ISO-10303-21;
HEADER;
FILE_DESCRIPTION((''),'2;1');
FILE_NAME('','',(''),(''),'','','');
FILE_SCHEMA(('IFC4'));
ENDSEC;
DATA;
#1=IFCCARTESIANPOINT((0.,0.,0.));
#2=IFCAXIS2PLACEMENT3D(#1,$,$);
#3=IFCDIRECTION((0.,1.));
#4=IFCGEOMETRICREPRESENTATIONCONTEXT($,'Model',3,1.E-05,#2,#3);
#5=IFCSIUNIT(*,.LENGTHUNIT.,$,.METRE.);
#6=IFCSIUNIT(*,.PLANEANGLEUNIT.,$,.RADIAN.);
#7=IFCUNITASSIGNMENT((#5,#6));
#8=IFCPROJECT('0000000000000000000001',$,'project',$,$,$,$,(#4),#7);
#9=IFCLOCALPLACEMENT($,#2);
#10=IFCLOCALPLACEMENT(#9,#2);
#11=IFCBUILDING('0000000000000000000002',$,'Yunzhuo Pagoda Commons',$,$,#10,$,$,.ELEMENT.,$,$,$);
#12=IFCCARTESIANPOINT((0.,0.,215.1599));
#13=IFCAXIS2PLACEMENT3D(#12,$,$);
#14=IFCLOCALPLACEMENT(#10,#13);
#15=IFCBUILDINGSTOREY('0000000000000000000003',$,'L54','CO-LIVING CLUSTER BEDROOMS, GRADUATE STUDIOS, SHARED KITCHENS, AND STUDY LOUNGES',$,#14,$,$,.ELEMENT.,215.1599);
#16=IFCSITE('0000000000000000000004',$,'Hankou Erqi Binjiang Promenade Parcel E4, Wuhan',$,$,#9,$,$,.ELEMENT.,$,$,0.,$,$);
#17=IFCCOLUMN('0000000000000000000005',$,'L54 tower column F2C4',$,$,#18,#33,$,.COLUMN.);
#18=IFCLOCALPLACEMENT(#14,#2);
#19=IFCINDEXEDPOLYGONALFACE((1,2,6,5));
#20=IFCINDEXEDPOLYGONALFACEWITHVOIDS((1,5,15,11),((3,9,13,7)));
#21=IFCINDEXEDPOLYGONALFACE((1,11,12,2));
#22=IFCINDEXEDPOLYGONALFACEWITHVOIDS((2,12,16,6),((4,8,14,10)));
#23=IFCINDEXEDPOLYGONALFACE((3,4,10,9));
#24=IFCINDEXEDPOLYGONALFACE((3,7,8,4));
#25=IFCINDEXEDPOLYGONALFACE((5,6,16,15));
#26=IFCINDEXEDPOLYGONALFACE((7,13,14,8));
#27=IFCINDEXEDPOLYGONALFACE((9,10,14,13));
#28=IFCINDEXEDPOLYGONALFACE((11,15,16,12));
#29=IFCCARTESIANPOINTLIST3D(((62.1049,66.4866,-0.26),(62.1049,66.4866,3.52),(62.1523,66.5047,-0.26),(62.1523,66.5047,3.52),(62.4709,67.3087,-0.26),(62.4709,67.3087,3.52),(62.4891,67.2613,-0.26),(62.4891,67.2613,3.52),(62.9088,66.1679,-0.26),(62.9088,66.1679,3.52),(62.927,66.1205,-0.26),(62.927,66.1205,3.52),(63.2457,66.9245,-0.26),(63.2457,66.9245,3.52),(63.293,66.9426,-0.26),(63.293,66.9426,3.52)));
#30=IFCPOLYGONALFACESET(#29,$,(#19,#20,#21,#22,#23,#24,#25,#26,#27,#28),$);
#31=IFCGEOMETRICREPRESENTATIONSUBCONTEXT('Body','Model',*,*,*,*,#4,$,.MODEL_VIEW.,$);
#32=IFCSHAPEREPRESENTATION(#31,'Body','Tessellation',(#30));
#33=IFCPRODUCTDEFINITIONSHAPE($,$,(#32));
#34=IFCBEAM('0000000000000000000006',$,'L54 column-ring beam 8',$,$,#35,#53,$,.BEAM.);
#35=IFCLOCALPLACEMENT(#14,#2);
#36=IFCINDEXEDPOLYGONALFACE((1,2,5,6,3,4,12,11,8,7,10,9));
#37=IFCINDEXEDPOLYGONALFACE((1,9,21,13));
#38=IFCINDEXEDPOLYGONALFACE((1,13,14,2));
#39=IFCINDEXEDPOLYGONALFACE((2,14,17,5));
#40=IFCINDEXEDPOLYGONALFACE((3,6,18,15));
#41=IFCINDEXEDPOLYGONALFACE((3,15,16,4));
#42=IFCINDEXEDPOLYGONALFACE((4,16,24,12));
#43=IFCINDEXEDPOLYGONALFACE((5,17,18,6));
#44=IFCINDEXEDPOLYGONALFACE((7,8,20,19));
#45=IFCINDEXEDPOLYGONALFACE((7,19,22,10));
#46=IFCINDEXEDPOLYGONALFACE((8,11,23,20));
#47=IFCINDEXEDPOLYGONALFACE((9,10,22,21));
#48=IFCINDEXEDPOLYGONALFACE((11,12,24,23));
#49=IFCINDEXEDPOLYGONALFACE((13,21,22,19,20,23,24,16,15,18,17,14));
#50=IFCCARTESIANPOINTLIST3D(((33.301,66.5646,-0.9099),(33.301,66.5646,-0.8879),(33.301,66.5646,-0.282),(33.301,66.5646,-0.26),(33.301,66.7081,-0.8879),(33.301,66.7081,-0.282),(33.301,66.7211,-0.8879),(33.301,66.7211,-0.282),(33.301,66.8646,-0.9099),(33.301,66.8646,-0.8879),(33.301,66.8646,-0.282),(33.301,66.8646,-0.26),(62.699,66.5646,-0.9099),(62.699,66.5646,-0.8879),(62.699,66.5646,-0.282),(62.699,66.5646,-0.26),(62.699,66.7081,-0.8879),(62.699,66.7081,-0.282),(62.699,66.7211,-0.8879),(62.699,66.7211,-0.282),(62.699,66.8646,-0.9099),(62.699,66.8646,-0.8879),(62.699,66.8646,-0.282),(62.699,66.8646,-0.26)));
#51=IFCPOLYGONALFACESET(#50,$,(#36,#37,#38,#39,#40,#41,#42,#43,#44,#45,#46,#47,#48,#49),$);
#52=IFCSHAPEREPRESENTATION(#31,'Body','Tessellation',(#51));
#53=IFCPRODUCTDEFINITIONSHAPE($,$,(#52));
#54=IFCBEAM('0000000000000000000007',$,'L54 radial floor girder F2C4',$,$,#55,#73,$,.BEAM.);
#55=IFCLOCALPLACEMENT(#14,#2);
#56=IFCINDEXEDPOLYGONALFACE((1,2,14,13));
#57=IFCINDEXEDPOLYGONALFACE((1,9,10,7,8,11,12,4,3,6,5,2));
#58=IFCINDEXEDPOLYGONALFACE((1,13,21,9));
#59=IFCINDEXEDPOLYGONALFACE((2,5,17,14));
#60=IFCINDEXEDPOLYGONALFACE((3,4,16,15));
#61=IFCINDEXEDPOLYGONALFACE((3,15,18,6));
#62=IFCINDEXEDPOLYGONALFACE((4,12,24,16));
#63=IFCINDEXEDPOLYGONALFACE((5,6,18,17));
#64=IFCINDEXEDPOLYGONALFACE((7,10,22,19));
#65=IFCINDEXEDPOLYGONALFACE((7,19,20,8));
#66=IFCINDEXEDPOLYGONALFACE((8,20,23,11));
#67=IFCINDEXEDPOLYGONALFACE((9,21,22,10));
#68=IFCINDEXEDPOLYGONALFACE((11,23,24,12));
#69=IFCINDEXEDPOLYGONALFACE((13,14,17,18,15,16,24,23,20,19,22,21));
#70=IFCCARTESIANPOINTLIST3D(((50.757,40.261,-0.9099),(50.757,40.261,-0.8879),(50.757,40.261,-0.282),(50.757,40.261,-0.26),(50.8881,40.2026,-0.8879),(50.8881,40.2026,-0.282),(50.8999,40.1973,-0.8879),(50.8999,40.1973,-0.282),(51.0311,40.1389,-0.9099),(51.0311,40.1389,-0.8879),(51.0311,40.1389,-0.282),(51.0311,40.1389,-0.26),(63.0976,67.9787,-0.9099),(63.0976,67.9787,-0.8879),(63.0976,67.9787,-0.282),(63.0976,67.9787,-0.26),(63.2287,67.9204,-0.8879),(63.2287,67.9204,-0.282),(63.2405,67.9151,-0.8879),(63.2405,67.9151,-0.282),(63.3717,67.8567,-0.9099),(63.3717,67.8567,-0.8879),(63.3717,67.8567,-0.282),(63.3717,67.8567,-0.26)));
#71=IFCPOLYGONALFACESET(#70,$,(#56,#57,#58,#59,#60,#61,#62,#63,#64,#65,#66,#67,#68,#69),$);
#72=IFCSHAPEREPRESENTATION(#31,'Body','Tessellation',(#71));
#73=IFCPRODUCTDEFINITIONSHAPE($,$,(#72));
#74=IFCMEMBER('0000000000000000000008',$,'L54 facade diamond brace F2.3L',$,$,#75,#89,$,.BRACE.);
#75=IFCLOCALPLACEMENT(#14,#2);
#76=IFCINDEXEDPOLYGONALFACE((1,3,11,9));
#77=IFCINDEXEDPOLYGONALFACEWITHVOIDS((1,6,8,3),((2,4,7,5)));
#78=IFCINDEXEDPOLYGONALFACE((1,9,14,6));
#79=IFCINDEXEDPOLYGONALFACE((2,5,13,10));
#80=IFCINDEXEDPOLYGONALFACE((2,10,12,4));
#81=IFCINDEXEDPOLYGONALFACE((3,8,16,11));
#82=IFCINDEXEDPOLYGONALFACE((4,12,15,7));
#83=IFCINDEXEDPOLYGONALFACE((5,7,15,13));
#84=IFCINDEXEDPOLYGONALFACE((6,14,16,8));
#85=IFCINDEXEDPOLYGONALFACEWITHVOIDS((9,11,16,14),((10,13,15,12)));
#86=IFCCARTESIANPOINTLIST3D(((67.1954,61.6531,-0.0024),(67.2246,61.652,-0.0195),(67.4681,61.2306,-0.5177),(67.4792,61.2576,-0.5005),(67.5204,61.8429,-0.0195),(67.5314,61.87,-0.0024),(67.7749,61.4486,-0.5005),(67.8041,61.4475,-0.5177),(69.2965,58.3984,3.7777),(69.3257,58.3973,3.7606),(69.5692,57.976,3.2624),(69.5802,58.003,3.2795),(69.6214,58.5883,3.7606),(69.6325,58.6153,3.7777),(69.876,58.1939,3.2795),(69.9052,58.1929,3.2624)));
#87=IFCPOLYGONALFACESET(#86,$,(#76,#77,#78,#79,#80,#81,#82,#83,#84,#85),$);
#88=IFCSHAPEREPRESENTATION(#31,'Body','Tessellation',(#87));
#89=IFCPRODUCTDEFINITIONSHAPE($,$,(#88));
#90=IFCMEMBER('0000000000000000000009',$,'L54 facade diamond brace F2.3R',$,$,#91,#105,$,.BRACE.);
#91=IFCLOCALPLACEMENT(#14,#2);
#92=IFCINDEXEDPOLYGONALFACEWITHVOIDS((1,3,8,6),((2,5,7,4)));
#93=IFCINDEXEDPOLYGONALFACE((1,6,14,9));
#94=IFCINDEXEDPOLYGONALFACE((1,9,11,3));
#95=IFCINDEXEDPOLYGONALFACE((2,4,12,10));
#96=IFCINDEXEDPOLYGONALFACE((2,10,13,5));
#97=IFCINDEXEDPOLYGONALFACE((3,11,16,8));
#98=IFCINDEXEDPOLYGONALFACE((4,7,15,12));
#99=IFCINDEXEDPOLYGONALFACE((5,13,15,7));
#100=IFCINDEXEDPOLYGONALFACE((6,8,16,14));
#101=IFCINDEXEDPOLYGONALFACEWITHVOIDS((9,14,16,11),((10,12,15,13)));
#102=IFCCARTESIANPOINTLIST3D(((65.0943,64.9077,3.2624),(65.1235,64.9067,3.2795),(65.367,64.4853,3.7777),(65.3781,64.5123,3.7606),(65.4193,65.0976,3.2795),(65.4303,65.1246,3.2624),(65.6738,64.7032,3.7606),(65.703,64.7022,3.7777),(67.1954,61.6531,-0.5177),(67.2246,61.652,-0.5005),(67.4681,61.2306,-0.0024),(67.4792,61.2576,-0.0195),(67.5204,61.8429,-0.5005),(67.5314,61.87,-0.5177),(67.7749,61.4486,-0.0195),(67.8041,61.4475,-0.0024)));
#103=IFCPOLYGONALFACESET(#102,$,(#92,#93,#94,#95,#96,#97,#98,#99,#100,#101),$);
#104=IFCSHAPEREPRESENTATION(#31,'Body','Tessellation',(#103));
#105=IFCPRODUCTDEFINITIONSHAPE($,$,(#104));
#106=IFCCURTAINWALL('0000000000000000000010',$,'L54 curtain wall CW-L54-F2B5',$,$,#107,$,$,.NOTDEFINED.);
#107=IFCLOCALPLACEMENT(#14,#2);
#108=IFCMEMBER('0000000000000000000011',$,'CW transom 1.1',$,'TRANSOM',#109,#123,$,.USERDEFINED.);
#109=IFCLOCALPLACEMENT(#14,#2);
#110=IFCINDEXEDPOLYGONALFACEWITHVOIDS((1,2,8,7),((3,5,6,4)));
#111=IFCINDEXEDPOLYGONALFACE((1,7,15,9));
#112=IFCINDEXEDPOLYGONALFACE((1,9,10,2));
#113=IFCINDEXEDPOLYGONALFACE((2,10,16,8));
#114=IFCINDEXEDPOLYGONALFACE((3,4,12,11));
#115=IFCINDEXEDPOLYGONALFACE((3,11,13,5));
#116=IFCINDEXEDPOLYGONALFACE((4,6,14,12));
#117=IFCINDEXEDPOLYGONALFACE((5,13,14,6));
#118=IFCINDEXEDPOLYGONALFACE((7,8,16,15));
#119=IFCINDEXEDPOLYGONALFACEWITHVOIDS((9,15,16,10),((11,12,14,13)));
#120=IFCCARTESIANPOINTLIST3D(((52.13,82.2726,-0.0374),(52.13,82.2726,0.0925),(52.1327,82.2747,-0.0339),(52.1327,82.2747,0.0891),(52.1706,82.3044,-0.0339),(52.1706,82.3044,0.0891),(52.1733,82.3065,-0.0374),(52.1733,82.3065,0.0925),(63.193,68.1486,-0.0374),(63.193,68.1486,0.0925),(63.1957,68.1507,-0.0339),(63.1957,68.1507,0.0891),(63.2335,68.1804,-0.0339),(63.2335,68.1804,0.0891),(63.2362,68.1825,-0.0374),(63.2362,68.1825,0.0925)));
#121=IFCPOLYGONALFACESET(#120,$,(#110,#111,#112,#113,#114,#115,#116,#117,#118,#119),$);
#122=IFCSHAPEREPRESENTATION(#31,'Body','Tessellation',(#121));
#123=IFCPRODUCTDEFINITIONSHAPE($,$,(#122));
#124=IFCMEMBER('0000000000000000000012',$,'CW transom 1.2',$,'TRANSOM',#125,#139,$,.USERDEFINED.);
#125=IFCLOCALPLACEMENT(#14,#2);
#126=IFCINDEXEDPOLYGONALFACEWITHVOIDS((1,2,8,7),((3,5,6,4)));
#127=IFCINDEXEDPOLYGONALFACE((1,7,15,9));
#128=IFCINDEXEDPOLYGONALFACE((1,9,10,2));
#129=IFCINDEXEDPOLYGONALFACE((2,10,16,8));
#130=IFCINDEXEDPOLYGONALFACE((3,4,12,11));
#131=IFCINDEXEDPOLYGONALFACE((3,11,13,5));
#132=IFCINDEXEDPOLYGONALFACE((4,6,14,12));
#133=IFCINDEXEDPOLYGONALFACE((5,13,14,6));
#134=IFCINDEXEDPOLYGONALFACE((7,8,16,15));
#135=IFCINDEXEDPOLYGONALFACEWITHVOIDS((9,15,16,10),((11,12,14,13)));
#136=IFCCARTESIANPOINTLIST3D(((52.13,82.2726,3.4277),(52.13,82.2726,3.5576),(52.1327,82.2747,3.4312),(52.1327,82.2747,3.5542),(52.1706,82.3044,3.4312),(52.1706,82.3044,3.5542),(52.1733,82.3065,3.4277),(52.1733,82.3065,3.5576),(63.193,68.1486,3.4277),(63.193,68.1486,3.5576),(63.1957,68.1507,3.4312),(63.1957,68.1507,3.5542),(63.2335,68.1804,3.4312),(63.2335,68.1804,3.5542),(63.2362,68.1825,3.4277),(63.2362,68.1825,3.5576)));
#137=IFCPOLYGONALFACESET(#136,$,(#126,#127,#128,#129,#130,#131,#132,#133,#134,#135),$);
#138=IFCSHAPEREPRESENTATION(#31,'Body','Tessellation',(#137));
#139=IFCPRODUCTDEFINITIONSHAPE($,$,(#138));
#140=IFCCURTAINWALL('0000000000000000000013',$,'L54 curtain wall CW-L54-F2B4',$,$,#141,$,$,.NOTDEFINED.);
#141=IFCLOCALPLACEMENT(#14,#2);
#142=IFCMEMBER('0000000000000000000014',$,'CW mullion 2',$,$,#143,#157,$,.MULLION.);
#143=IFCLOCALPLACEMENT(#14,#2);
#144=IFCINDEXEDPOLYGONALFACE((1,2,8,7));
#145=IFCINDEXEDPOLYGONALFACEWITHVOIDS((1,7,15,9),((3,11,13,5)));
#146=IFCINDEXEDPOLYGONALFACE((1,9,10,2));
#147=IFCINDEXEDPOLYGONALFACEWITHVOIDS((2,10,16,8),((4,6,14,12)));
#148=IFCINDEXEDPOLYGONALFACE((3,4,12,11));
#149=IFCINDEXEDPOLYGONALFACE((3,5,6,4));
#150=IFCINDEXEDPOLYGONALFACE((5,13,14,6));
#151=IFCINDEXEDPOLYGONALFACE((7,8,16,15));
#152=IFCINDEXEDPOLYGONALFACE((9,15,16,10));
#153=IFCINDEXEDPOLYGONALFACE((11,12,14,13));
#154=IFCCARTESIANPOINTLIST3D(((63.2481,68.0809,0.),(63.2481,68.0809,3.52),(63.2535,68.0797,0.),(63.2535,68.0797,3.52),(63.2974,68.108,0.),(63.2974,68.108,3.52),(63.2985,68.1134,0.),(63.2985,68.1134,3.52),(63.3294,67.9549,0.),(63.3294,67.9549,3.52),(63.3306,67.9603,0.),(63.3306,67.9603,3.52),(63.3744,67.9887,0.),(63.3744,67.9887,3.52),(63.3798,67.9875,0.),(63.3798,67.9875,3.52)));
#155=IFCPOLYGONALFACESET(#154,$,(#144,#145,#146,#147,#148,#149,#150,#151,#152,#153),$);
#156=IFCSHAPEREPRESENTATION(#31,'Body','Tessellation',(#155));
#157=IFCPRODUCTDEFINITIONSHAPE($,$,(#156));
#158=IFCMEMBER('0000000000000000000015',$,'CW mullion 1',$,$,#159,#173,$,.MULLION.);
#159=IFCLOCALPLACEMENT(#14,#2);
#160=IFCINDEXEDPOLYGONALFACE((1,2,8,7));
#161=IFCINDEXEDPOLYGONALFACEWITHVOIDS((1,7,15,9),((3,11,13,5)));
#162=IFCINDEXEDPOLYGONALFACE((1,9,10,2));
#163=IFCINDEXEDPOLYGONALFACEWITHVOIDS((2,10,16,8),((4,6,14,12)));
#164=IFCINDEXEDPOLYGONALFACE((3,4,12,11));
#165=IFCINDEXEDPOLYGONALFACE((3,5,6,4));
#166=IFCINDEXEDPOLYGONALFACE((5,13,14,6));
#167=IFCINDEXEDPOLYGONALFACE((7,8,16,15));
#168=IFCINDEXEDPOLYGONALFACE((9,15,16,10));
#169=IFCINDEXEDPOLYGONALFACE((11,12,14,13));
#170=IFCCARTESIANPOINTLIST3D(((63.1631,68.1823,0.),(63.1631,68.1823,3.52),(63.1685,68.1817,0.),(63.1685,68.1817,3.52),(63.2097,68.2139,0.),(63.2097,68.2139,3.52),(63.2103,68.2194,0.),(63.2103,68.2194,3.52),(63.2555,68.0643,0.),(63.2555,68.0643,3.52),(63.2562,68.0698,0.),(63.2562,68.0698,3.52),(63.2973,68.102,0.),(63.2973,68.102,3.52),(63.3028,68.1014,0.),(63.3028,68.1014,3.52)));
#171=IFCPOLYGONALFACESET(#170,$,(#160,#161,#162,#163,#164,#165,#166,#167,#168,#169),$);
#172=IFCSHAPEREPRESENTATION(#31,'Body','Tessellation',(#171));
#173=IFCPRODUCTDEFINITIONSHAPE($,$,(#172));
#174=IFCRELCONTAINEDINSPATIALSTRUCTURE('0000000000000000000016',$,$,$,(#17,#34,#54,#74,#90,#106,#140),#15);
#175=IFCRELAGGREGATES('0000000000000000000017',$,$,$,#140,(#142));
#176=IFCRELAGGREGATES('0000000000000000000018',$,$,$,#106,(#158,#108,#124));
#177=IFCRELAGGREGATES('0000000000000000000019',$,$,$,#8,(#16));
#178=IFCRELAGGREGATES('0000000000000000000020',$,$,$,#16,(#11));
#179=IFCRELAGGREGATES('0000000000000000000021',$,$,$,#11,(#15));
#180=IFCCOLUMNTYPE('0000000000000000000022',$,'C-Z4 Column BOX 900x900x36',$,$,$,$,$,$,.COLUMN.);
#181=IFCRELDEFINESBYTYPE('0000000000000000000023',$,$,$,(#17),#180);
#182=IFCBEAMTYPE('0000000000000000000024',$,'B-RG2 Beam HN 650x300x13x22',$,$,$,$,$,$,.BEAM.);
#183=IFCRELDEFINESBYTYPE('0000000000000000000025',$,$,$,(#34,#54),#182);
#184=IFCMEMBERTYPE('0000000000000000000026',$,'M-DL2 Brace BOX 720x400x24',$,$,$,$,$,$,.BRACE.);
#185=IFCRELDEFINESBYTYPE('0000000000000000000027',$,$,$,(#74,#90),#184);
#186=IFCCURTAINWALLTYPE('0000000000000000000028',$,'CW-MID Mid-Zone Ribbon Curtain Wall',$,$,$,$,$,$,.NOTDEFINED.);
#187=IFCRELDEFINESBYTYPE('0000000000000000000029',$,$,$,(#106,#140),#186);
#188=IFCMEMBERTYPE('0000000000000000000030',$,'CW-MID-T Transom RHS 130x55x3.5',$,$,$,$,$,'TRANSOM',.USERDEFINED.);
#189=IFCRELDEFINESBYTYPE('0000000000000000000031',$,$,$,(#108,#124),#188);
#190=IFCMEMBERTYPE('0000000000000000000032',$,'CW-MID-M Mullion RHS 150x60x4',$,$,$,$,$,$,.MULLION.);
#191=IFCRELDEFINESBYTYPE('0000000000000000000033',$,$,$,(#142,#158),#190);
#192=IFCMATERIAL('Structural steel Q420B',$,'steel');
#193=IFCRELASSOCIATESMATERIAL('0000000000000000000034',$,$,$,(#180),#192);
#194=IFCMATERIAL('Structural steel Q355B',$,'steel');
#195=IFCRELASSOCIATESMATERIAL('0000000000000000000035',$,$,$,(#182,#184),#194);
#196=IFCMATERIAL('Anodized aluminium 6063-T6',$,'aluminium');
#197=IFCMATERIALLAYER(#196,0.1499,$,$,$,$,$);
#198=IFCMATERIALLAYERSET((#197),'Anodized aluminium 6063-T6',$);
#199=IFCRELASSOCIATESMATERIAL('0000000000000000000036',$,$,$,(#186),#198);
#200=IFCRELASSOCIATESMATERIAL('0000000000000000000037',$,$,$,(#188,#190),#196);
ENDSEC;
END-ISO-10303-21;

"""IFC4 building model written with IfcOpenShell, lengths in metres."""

from ifc_helpers import new_model, si_unit, direction, frame, origin, origin_2d, place, context, subcontext, project, spatial, hollow_rectangle, i_section, extrude, source, transform, mapped, material, layer, layer_set, material_profile, profile_set, type_object, element, aggregate, save


model = new_model("IFC4")

# Units and contexts
model_context = context("Model", 3, precision=1e-05, world=origin(), true_north=direction((0.0, 1.0)))
body_context = subcontext(model_context, "Body", "Model", "MODEL_VIEW")
ifc_project = project(units=[si_unit("LENGTHUNIT", "METRE"), si_unit("PLANEANGLEUNIT", "RADIAN")], contexts=[model_context])

# Site, building, storey
site_placement = place(None, origin())
site = spatial("IfcSite", under=ifc_project, at=site_placement, Name="Hankou Erqi Binjiang Promenade Parcel E4, Wuhan", CompositionType="ELEMENT", RefElevation=0.0)
building_placement = place(site_placement, origin())
building = spatial("IfcBuilding", under=site, at=building_placement, Name="Yunzhuo Pagoda Commons", CompositionType="ELEMENT")
storey_placement = place(building_placement, frame((0.0, 0.0, 215.1599)))
storey = spatial("IfcBuildingStorey", under=building, at=storey_placement, Name="L54", Description="CO-LIVING CLUSTER BEDROOMS, GRADUATE STUDIOS, SHARED KITCHENS, AND STUDY LOUNGES", CompositionType="ELEMENT", Elevation=215.1599)

# Column
ifc_material_1 = material(Name="Structural steel Q420B", Category="steel")
ifc_material_profile_1 = material_profile(ifc_material_1, hollow_rectangle(XDim=0.8999, YDim=0.8999, WallThickness=0.0359, at=origin_2d()), Name="Structural steel Q420B")
ifc_profile_set_1 = profile_set([ifc_material_profile_1], Name="Structural steel Q420B")
column_type = type_object("IfcColumnType", Name="C-Z4 Column BOX 900x900x36", PredefinedType="COLUMN", material=ifc_profile_set_1)
shared_shape_1 = source(origin(), body_context, "Body", "SweptSolid", [
    extrude(hollow_rectangle(XDim=0.8999, YDim=0.8999, WallThickness=0.0359, at=origin_2d()), origin(), (0.0, 0.0, 1.0), 3.78),
])
column_placement = place(storey_placement, frame((62.699, 66.7146, -0.26), z_axis=(0.0, 0.0, 1.0), x_axis=(-0.913545, 0.406737, 0.0)))
element("IfcColumn", 1, at=column_placement, inside=storey, type_object=column_type, Name="L54 tower column F2C4", PredefinedType="COLUMN", context=body_context, shape_type="MappedRepresentation", body=[
    mapped(shared_shape_1, transform((0.0, 0.0, 0.0), scale=1.0)),
])

# Beams
ifc_material_2 = material(Name="Structural steel Q355B", Category="steel")
ifc_material_profile_2 = material_profile(ifc_material_2, i_section(OverallWidth=0.3, OverallDepth=0.6499, WebThickness=0.0129, FlangeThickness=0.022, at=origin_2d()), Name="Structural steel Q355B")
ifc_profile_set_2 = profile_set([ifc_material_profile_2], Name="Structural steel Q355B")
beam_type = type_object("IfcBeamType", Name="B-RG2 Beam HN 650x300x13x22", PredefinedType="BEAM", material=ifc_profile_set_2)
shared_shape_2 = source(origin(), body_context, "Body", "SweptSolid", [
    extrude(i_section(OverallWidth=0.3, OverallDepth=0.6499, WebThickness=0.0129, FlangeThickness=0.022, at=origin_2d()), origin(), (0.0, 0.0, 1.0), 29.3979),
])
beam_1_placement = place(storey_placement, frame((62.699, 66.7146, -0.585), z_axis=(-1.0, 0.0, 0.0), x_axis=(0.0, -1.0, 0.0)))
element("IfcBeam", 2, at=beam_1_placement, inside=storey, type_object=beam_type, Name="L54 column-ring beam 8", PredefinedType="BEAM", context=body_context, shape_type="MappedRepresentation", body=[
    mapped(shared_shape_2, transform((0.0, 0.0, 0.0), scale=1.0)),
])
shared_shape_3 = source(origin(), body_context, "Body", "SweptSolid", [
    extrude(i_section(OverallWidth=0.3, OverallDepth=0.6499, WebThickness=0.0129, FlangeThickness=0.022, at=origin_2d()), origin(), (0.0, 0.0, 1.0), 30.3408),
])
beam_2_placement = place(storey_placement, frame((63.2346, 67.9177, -0.585), z_axis=(-0.406732, -0.913548, 0.0), x_axis=(0.913548, -0.406732, 0.0)))
element("IfcBeam", 3, at=beam_2_placement, inside=storey, type_object=beam_type, Name="L54 radial floor girder F2C4", PredefinedType="BEAM", context=body_context, shape_type="MappedRepresentation", body=[
    mapped(shared_shape_3, transform((0.0, 0.0, 0.0), scale=1.0)),
])

# Members
ifc_material_profile_3 = material_profile(ifc_material_2, hollow_rectangle(XDim=0.3999, YDim=0.72, WallThickness=0.0239, at=origin_2d()), Name="Structural steel Q355B")
ifc_profile_set_3 = profile_set([ifc_material_profile_3], Name="Structural steel Q355B")
member_type_1 = type_object("IfcMemberType", Name="M-DL2 Brace BOX 720x400x24", PredefinedType="BRACE", material=ifc_profile_set_3)
shared_shape_4 = source(origin(), body_context, "Body", "SweptSolid", [
    extrude(hollow_rectangle(XDim=0.3999, YDim=0.72, WallThickness=0.0239, at=origin_2d()), origin(), (0.0, 0.0, 1.0), 5.4126),
])
for number, where, z_axis, x_axis, name in (
    (4, (67.4998, 61.5503, -0.26), (0.388185, -0.601312, 0.698381), (0.840143, 0.542365, 0.0), "L54 facade diamond brace F2.3L"),
    (5, (67.4998, 61.5503, -0.26), (-0.388185, 0.601312, 0.698381), (-0.840143, -0.542365, 0.0), "L54 facade diamond brace F2.3R"),
):
    element("IfcMember", number, at=place(storey_placement, frame(where, z_axis=z_axis, x_axis=x_axis)), inside=storey, type_object=member_type_1, Name=name, PredefinedType="BRACE", context=body_context, shape_type="MappedRepresentation", body=[
        mapped(shared_shape_4, transform((0.0, 0.0, 0.0), scale=1.0)),
    ])

# Curtain wall, members
ifc_material_3 = material(Name="Anodized aluminium 6063-T6", Category="aluminium")
ifc_layer_1 = layer(ifc_material_3, 0.1499)
ifc_layer_set_1 = layer_set([ifc_layer_1], Name="Anodized aluminium 6063-T6")
curtain_wall_type = type_object("IfcCurtainWallType", Name="CW-MID Mid-Zone Ribbon Curtain Wall", PredefinedType="NOTDEFINED", material=ifc_layer_set_1)
curtain_wall_1_placement = place(storey_placement, origin())
curtain_wall_1 = element("IfcCurtainWall", 6, at=curtain_wall_1_placement, inside=storey, type_object=curtain_wall_type, Name="L54 curtain wall CW-L54-F2B5", PredefinedType="NOTDEFINED")
ifc_material_profile_4 = material_profile(ifc_material_3, hollow_rectangle(XDim=0.0549, YDim=0.1299, WallThickness=0.0034, at=origin_2d()), Name="Anodized aluminium 6063-T6")
ifc_profile_set_4 = profile_set([ifc_material_profile_4], Name="Anodized aluminium 6063-T6")
member_type_2 = type_object("IfcMemberType", Name="CW-MID-T Transom RHS 130x55x3.5", ElementType="TRANSOM", PredefinedType="USERDEFINED", material=ifc_profile_set_4)
shared_shape_5 = source(origin(), body_context, "Body", "SweptSolid", [
    extrude(hollow_rectangle(XDim=0.0549, YDim=0.1299, WallThickness=0.0034, at=origin_2d()), origin(), (0.0, 0.0, 1.0), 17.9409),
])
member_1_placement = place(storey_placement, frame((63.2146, 68.1655, 0.0276), z_axis=(-0.616633, 0.787251, 0.0), x_axis=(-0.787251, -0.616633, 0.0)))
member_1 = element("IfcMember", 7, at=member_1_placement, type_object=member_type_2, Name="CW transom 1.1", ObjectType="TRANSOM", PredefinedType="USERDEFINED", context=body_context, shape_type="MappedRepresentation", body=[
    mapped(shared_shape_5, transform((0.0, 0.0, 0.0), scale=1.0)),
])
member_2_placement = place(storey_placement, frame((63.2146, 68.1655, 3.4927), z_axis=(-0.616633, 0.787251, 0.0), x_axis=(-0.787251, -0.616633, 0.0)))
member_2 = element("IfcMember", 8, at=member_2_placement, type_object=member_type_2, Name="CW transom 1.2", ObjectType="TRANSOM", PredefinedType="USERDEFINED", context=body_context, shape_type="MappedRepresentation", body=[
    mapped(shared_shape_5, transform((0.0, 0.0, 0.0), scale=1.0)),
])

# Curtain wall, member
curtain_wall_2_placement = place(storey_placement, origin())
curtain_wall_2 = element("IfcCurtainWall", 9, at=curtain_wall_2_placement, inside=storey, type_object=curtain_wall_type, Name="L54 curtain wall CW-L54-F2B4", PredefinedType="NOTDEFINED")
ifc_material_profile_5 = material_profile(ifc_material_3, hollow_rectangle(XDim=0.0601, YDim=0.1499, WallThickness=0.0039, at=origin_2d()), Name="Anodized aluminium 6063-T6")
ifc_profile_set_5 = profile_set([ifc_material_profile_5], Name="Anodized aluminium 6063-T6")
member_type_3 = type_object("IfcMemberType", Name="CW-MID-M Mullion RHS 150x60x4", PredefinedType="MULLION", material=ifc_profile_set_5)
shared_shape_6 = source(origin(), body_context, "Body", "SweptSolid", [
    extrude(hollow_rectangle(XDim=0.0601, YDim=0.1499, WallThickness=0.0039, at=origin_2d()), origin(), (0.0, 0.0, 1.0), 3.52),
])
member_3_placement = place(storey_placement, frame((63.314, 68.0342, 0.0), z_axis=(0.0, 0.0, 1.0), x_axis=(-0.840138, -0.542372, 0.0)))
member_3 = element("IfcMember", 10, at=member_3_placement, type_object=member_type_3, Name="CW mullion 2", PredefinedType="MULLION", context=body_context, shape_type="MappedRepresentation", body=[
    mapped(shared_shape_6, transform((0.0, 0.0, 0.0), scale=1.0)),
])

# Member
member_4_placement = place(storey_placement, frame((63.2329, 68.1418, 0.0), z_axis=(0.0, 0.0, 1.0), x_axis=(-0.78725, -0.616634, 0.0)))
member_4 = element("IfcMember", 11, at=member_4_placement, type_object=member_type_3, Name="CW mullion 1", PredefinedType="MULLION", context=body_context, shape_type="MappedRepresentation", body=[
    mapped(shared_shape_6, transform((0.0, 0.0, 0.0), scale=1.0)),
])

aggregate(curtain_wall_2, [member_3])

aggregate(curtain_wall_1, [member_4, member_1, member_2])

save(model, "model.ifc")
